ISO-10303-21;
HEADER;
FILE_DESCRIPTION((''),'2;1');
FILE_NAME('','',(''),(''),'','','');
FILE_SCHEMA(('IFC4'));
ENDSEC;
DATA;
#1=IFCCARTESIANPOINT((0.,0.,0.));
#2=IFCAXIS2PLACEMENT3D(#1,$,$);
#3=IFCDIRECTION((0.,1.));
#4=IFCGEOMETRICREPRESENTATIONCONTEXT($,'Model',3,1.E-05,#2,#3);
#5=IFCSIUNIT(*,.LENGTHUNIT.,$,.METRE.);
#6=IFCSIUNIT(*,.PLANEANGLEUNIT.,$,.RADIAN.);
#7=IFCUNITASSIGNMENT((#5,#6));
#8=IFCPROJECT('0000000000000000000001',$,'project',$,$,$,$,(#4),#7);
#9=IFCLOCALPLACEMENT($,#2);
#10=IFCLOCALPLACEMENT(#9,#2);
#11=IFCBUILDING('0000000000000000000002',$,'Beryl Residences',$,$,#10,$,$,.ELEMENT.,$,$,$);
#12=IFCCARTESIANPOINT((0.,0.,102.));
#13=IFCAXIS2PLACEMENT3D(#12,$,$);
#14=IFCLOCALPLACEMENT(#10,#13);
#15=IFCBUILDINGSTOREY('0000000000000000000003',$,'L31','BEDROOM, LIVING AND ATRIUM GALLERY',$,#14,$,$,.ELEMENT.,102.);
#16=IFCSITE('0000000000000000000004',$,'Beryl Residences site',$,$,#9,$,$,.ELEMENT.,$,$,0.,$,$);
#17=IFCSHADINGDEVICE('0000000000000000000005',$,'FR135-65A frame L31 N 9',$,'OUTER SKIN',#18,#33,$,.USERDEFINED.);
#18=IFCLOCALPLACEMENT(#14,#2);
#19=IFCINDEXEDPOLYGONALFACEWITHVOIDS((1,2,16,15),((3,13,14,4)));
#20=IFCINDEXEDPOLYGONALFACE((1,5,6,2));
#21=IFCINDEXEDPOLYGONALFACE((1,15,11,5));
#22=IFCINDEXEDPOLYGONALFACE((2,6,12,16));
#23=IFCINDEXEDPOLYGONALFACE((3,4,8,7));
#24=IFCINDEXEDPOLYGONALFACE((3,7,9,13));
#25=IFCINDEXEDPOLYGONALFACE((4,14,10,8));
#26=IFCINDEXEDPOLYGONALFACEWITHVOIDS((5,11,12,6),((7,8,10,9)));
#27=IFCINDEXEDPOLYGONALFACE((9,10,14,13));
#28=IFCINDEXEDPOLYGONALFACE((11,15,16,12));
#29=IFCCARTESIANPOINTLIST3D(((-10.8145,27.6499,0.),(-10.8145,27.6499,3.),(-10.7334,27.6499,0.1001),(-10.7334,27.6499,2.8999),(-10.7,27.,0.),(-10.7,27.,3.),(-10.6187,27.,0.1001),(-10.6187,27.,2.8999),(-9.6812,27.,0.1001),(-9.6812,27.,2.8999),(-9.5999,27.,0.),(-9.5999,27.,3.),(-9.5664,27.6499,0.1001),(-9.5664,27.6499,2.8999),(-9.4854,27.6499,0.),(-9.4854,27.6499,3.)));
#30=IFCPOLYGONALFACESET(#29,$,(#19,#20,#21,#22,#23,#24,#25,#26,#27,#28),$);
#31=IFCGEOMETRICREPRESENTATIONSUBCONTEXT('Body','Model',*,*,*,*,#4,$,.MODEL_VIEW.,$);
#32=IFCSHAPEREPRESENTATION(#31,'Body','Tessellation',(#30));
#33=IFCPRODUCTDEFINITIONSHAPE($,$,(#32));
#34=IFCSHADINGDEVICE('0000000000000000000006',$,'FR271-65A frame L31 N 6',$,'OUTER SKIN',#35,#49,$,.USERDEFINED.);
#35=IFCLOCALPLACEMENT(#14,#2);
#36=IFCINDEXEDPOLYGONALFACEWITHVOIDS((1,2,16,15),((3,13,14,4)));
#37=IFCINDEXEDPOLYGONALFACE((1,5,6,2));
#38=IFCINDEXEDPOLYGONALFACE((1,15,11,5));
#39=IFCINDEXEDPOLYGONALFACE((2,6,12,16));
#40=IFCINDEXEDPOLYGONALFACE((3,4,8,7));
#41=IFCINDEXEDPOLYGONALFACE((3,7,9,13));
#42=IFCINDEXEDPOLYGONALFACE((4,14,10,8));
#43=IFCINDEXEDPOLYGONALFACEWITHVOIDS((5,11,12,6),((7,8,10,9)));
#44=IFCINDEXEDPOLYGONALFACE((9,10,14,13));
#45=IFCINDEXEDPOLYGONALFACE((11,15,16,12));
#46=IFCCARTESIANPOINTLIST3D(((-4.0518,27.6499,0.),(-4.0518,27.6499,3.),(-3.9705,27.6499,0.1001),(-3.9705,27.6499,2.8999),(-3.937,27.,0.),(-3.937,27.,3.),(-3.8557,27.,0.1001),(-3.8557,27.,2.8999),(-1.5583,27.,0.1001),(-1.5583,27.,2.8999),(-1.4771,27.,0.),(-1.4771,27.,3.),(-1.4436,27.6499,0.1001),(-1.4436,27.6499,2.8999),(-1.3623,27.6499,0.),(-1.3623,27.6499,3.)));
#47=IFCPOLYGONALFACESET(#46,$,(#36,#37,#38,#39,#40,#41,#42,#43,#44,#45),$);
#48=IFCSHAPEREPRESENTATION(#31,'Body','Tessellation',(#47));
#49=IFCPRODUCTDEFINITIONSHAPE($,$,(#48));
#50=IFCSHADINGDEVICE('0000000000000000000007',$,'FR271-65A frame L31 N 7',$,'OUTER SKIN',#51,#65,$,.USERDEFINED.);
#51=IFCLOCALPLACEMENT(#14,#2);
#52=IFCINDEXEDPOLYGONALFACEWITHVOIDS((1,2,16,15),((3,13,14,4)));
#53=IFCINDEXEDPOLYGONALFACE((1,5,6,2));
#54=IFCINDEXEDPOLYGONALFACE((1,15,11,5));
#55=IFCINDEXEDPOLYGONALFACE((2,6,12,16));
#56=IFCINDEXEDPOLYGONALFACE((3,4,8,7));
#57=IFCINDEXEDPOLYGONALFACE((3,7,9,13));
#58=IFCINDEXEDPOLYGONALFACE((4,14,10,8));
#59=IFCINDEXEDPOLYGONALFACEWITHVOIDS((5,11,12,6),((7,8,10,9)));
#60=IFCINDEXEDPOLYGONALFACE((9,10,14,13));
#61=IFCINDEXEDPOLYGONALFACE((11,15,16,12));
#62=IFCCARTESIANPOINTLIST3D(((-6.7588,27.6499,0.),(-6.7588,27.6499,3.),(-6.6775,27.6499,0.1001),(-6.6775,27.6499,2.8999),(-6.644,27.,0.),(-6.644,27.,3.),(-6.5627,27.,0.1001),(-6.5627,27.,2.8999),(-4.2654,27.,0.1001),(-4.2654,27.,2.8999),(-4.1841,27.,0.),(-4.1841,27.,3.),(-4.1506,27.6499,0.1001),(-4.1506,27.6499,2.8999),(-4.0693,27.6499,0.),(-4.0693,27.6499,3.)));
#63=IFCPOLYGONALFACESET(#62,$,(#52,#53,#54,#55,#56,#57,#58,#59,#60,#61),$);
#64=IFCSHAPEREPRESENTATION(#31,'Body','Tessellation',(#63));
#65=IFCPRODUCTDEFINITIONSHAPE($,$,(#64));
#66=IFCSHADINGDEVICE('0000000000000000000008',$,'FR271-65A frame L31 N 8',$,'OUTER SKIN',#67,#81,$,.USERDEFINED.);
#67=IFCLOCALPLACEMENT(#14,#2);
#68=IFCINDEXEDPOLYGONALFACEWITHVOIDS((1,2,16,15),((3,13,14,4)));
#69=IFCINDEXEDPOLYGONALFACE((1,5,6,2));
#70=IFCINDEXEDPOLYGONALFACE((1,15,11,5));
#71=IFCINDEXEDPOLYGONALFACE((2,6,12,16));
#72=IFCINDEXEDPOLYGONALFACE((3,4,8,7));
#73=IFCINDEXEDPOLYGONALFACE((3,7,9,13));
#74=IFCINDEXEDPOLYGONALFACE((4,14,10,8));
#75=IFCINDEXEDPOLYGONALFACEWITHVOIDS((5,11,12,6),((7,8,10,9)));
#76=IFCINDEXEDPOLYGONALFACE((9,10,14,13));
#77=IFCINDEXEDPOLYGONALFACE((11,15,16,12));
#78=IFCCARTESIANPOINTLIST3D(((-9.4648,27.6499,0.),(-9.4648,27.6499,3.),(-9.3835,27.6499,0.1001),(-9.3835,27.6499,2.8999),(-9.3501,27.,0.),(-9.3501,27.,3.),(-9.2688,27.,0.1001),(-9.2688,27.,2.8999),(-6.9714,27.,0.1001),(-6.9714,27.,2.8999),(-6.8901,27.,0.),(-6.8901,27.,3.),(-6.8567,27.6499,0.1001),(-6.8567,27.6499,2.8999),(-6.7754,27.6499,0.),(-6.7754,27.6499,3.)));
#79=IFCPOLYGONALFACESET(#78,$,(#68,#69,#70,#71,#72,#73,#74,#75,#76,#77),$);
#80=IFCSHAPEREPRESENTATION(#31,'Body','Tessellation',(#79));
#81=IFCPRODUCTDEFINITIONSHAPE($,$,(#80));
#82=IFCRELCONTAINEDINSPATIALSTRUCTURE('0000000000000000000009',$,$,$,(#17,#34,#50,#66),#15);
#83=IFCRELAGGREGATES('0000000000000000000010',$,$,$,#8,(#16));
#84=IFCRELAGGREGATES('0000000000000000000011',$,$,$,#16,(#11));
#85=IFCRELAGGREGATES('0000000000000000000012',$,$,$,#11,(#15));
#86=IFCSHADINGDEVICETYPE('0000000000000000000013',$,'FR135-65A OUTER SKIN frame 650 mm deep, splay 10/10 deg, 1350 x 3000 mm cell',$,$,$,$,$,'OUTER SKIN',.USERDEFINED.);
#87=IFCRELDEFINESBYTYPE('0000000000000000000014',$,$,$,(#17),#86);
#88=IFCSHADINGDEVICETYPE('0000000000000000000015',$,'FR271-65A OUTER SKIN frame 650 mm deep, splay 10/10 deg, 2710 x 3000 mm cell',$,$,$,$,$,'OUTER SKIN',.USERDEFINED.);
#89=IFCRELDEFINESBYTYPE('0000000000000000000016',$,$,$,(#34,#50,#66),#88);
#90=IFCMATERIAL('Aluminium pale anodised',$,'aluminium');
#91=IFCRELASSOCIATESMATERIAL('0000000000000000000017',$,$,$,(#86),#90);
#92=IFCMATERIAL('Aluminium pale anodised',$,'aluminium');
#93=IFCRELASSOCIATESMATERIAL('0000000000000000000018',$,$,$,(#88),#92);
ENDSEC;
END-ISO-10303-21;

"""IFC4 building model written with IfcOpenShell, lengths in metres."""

from ifc_helpers import new_model, entity, si_unit, direction, frame, origin, place, context, subcontext, project, spatial, source, transform, mapped, material, type_object, type_shapes, element, save


model = new_model("IFC4")

# Units and contexts
model_context = context("Model", 3, precision=1e-05, world=origin(), true_north=direction((0.0, 1.0)))
body_context = subcontext(model_context, "Body", "Model", "MODEL_VIEW")
ifc_project = project(units=[si_unit("LENGTHUNIT", "METRE"), si_unit("PLANEANGLEUNIT", "RADIAN")], contexts=[model_context])

# Site, building, storey
site_placement = place(None, origin())
site = spatial("IfcSite", under=ifc_project, at=site_placement, Name="Beryl Residences site", CompositionType="ELEMENT", RefElevation=0.0)
building_placement = place(site_placement, origin())
building = spatial("IfcBuilding", under=site, at=building_placement, Name="Beryl Residences", CompositionType="ELEMENT")
storey_placement = place(building_placement, frame((0.0, 0.0, 102.0)))
storey = spatial("IfcBuildingStorey", under=building, at=storey_placement, Name="L31", Description="BEDROOM, LIVING AND ATRIUM GALLERY", CompositionType="ELEMENT", Elevation=102.0)

# Shading devices
ifc_material_1 = material(Name="Aluminium pale anodised", Category="aluminium")
shading_device_type_1 = type_object("IfcShadingDeviceType", Name="FR135-65A OUTER SKIN frame 650 mm deep, splay 10/10 deg, 1350 x 3000 mm cell", ElementType="OUTER SKIN", PredefinedType="USERDEFINED", material=ifc_material_1)
cartesian_point_1 = entity("IfcCartesianPoint", [-0.55, 0.0])
cartesian_point_2 = entity("IfcCartesianPoint", [-0.4688, 0.1001])
cartesian_point_3 = entity("IfcCartesianPoint", [-0.6646, 0.0])
cartesian_point_4 = entity("IfcCartesianPoint", [-0.5835, 0.1001])
shared_shape_1 = source(origin(), body_context, "Body", "SweptSolid", [
    entity("IfcExtrudedAreaSolidTapered", entity("IfcArbitraryProfileDefWithVoids", "AREA", None, entity("IfcPolyline", [cartesian_point_1, entity("IfcCartesianPoint", [0.55, 0.0]), entity("IfcCartesianPoint", [0.55, 3.0]), entity("IfcCartesianPoint", [-0.55, 3.0]), cartesian_point_1]), [entity("IfcPolyline", [cartesian_point_2, entity("IfcCartesianPoint", [0.4688, 0.1001]), entity("IfcCartesianPoint", [0.4688, 2.8999]), entity("IfcCartesianPoint", [-0.4688, 2.8999]), cartesian_point_2])]), entity("IfcAxis2Placement3D", entity("IfcCartesianPoint", [0.0, 0.0, 0.0]), entity("IfcDirection", [0.0, 1.0, 0.0]), entity("IfcDirection", [-1.0, 0.0, 0.0])), entity("IfcDirection", [0.0, 0.0, 1.0]), 0.6499, entity("IfcArbitraryProfileDefWithVoids", "AREA", None, entity("IfcPolyline", [cartesian_point_3, entity("IfcCartesianPoint", [0.6646, 0.0]), entity("IfcCartesianPoint", [0.6646, 3.0]), entity("IfcCartesianPoint", [-0.6646, 3.0]), cartesian_point_3]), [entity("IfcPolyline", [cartesian_point_4, entity("IfcCartesianPoint", [0.5835, 0.1001]), entity("IfcCartesianPoint", [0.5835, 2.8999]), entity("IfcCartesianPoint", [-0.5835, 2.8999]), cartesian_point_4])])),
])
type_shapes(shading_device_type_1, [shared_shape_1])
shading_device_placement = place(storey_placement, frame((-10.1499, 27.0, 0.0), z_axis=(0.0, 0.0, 1.0), x_axis=(1.0, 0.0, 0.0)))
element("IfcShadingDevice", 1, at=shading_device_placement, inside=storey, type_object=shading_device_type_1, Name="FR135-65A frame L31 N 9", ObjectType="OUTER SKIN", PredefinedType="USERDEFINED", context=body_context, shape_type="MappedRepresentation", body=[
    mapped(shared_shape_1, transform((0.0, 0.0, 0.0))),
])
ifc_material_2 = material(Name="Aluminium pale anodised", Category="aluminium")
shading_device_type_2 = type_object("IfcShadingDeviceType", Name="FR271-65A OUTER SKIN frame 650 mm deep, splay 10/10 deg, 2710 x 3000 mm cell", ElementType="OUTER SKIN", PredefinedType="USERDEFINED", material=ifc_material_2)
cartesian_point_5 = entity("IfcCartesianPoint", [-1.23, 0.0])
cartesian_point_6 = entity("IfcCartesianPoint", [-1.1487, 0.1001])
cartesian_point_7 = entity("IfcCartesianPoint", [-1.3447, 0.0])
cartesian_point_8 = entity("IfcCartesianPoint", [-1.2634, 0.1001])
shared_shape_2 = source(origin(), body_context, "Body", "SweptSolid", [
    entity("IfcExtrudedAreaSolidTapered", entity("IfcArbitraryProfileDefWithVoids", "AREA", None, entity("IfcPolyline", [cartesian_point_5, entity("IfcCartesianPoint", [1.23, 0.0]), entity("IfcCartesianPoint", [1.23, 3.0]), entity("IfcCartesianPoint", [-1.23, 3.0]), cartesian_point_5]), [entity("IfcPolyline", [cartesian_point_6, entity("IfcCartesianPoint", [1.1487, 0.1001]), entity("IfcCartesianPoint", [1.1487, 2.8999]), entity("IfcCartesianPoint", [-1.1487, 2.8999]), cartesian_point_6])]), entity("IfcAxis2Placement3D", entity("IfcCartesianPoint", [0.0, 0.0, 0.0]), entity("IfcDirection", [0.0, 1.0, 0.0]), entity("IfcDirection", [-1.0, 0.0, 0.0])), entity("IfcDirection", [0.0, 0.0, 1.0]), 0.6499, entity("IfcArbitraryProfileDefWithVoids", "AREA", None, entity("IfcPolyline", [cartesian_point_7, entity("IfcCartesianPoint", [1.3447, 0.0]), entity("IfcCartesianPoint", [1.3447, 3.0]), entity("IfcCartesianPoint", [-1.3447, 3.0]), cartesian_point_7]), [entity("IfcPolyline", [cartesian_point_8, entity("IfcCartesianPoint", [1.2634, 0.1001]), entity("IfcCartesianPoint", [1.2634, 2.8999]), entity("IfcCartesianPoint", [-1.2634, 2.8999]), cartesian_point_8])])),
])
type_shapes(shading_device_type_2, [shared_shape_2])
for number, where, z_axis, x_axis, name in (
    (2, (-2.707, 27.0, 0.0), (0.0, 0.0, 1.0), (1.0, 0.0, 0.0), "FR271-65A frame L31 N 6"),
    (3, (-5.4141, 27.0, 0.0), (0.0, 0.0, 1.0), (1.0, 0.0, 0.0), "FR271-65A frame L31 N 7"),
    (4, (-8.1201, 27.0, 0.0), (0.0, 0.0, 1.0), (1.0, 0.0, 0.0), "FR271-65A frame L31 N 8"),
):
    element("IfcShadingDevice", number, at=place(storey_placement, frame(where, z_axis=z_axis, x_axis=x_axis)), inside=storey, type_object=shading_device_type_2, Name=name, ObjectType="OUTER SKIN", PredefinedType="USERDEFINED", context=body_context, shape_type="MappedRepresentation", body=[
        mapped(shared_shape_2, transform((0.0, 0.0, 0.0))),
    ])

save(model, "model.ifc")
